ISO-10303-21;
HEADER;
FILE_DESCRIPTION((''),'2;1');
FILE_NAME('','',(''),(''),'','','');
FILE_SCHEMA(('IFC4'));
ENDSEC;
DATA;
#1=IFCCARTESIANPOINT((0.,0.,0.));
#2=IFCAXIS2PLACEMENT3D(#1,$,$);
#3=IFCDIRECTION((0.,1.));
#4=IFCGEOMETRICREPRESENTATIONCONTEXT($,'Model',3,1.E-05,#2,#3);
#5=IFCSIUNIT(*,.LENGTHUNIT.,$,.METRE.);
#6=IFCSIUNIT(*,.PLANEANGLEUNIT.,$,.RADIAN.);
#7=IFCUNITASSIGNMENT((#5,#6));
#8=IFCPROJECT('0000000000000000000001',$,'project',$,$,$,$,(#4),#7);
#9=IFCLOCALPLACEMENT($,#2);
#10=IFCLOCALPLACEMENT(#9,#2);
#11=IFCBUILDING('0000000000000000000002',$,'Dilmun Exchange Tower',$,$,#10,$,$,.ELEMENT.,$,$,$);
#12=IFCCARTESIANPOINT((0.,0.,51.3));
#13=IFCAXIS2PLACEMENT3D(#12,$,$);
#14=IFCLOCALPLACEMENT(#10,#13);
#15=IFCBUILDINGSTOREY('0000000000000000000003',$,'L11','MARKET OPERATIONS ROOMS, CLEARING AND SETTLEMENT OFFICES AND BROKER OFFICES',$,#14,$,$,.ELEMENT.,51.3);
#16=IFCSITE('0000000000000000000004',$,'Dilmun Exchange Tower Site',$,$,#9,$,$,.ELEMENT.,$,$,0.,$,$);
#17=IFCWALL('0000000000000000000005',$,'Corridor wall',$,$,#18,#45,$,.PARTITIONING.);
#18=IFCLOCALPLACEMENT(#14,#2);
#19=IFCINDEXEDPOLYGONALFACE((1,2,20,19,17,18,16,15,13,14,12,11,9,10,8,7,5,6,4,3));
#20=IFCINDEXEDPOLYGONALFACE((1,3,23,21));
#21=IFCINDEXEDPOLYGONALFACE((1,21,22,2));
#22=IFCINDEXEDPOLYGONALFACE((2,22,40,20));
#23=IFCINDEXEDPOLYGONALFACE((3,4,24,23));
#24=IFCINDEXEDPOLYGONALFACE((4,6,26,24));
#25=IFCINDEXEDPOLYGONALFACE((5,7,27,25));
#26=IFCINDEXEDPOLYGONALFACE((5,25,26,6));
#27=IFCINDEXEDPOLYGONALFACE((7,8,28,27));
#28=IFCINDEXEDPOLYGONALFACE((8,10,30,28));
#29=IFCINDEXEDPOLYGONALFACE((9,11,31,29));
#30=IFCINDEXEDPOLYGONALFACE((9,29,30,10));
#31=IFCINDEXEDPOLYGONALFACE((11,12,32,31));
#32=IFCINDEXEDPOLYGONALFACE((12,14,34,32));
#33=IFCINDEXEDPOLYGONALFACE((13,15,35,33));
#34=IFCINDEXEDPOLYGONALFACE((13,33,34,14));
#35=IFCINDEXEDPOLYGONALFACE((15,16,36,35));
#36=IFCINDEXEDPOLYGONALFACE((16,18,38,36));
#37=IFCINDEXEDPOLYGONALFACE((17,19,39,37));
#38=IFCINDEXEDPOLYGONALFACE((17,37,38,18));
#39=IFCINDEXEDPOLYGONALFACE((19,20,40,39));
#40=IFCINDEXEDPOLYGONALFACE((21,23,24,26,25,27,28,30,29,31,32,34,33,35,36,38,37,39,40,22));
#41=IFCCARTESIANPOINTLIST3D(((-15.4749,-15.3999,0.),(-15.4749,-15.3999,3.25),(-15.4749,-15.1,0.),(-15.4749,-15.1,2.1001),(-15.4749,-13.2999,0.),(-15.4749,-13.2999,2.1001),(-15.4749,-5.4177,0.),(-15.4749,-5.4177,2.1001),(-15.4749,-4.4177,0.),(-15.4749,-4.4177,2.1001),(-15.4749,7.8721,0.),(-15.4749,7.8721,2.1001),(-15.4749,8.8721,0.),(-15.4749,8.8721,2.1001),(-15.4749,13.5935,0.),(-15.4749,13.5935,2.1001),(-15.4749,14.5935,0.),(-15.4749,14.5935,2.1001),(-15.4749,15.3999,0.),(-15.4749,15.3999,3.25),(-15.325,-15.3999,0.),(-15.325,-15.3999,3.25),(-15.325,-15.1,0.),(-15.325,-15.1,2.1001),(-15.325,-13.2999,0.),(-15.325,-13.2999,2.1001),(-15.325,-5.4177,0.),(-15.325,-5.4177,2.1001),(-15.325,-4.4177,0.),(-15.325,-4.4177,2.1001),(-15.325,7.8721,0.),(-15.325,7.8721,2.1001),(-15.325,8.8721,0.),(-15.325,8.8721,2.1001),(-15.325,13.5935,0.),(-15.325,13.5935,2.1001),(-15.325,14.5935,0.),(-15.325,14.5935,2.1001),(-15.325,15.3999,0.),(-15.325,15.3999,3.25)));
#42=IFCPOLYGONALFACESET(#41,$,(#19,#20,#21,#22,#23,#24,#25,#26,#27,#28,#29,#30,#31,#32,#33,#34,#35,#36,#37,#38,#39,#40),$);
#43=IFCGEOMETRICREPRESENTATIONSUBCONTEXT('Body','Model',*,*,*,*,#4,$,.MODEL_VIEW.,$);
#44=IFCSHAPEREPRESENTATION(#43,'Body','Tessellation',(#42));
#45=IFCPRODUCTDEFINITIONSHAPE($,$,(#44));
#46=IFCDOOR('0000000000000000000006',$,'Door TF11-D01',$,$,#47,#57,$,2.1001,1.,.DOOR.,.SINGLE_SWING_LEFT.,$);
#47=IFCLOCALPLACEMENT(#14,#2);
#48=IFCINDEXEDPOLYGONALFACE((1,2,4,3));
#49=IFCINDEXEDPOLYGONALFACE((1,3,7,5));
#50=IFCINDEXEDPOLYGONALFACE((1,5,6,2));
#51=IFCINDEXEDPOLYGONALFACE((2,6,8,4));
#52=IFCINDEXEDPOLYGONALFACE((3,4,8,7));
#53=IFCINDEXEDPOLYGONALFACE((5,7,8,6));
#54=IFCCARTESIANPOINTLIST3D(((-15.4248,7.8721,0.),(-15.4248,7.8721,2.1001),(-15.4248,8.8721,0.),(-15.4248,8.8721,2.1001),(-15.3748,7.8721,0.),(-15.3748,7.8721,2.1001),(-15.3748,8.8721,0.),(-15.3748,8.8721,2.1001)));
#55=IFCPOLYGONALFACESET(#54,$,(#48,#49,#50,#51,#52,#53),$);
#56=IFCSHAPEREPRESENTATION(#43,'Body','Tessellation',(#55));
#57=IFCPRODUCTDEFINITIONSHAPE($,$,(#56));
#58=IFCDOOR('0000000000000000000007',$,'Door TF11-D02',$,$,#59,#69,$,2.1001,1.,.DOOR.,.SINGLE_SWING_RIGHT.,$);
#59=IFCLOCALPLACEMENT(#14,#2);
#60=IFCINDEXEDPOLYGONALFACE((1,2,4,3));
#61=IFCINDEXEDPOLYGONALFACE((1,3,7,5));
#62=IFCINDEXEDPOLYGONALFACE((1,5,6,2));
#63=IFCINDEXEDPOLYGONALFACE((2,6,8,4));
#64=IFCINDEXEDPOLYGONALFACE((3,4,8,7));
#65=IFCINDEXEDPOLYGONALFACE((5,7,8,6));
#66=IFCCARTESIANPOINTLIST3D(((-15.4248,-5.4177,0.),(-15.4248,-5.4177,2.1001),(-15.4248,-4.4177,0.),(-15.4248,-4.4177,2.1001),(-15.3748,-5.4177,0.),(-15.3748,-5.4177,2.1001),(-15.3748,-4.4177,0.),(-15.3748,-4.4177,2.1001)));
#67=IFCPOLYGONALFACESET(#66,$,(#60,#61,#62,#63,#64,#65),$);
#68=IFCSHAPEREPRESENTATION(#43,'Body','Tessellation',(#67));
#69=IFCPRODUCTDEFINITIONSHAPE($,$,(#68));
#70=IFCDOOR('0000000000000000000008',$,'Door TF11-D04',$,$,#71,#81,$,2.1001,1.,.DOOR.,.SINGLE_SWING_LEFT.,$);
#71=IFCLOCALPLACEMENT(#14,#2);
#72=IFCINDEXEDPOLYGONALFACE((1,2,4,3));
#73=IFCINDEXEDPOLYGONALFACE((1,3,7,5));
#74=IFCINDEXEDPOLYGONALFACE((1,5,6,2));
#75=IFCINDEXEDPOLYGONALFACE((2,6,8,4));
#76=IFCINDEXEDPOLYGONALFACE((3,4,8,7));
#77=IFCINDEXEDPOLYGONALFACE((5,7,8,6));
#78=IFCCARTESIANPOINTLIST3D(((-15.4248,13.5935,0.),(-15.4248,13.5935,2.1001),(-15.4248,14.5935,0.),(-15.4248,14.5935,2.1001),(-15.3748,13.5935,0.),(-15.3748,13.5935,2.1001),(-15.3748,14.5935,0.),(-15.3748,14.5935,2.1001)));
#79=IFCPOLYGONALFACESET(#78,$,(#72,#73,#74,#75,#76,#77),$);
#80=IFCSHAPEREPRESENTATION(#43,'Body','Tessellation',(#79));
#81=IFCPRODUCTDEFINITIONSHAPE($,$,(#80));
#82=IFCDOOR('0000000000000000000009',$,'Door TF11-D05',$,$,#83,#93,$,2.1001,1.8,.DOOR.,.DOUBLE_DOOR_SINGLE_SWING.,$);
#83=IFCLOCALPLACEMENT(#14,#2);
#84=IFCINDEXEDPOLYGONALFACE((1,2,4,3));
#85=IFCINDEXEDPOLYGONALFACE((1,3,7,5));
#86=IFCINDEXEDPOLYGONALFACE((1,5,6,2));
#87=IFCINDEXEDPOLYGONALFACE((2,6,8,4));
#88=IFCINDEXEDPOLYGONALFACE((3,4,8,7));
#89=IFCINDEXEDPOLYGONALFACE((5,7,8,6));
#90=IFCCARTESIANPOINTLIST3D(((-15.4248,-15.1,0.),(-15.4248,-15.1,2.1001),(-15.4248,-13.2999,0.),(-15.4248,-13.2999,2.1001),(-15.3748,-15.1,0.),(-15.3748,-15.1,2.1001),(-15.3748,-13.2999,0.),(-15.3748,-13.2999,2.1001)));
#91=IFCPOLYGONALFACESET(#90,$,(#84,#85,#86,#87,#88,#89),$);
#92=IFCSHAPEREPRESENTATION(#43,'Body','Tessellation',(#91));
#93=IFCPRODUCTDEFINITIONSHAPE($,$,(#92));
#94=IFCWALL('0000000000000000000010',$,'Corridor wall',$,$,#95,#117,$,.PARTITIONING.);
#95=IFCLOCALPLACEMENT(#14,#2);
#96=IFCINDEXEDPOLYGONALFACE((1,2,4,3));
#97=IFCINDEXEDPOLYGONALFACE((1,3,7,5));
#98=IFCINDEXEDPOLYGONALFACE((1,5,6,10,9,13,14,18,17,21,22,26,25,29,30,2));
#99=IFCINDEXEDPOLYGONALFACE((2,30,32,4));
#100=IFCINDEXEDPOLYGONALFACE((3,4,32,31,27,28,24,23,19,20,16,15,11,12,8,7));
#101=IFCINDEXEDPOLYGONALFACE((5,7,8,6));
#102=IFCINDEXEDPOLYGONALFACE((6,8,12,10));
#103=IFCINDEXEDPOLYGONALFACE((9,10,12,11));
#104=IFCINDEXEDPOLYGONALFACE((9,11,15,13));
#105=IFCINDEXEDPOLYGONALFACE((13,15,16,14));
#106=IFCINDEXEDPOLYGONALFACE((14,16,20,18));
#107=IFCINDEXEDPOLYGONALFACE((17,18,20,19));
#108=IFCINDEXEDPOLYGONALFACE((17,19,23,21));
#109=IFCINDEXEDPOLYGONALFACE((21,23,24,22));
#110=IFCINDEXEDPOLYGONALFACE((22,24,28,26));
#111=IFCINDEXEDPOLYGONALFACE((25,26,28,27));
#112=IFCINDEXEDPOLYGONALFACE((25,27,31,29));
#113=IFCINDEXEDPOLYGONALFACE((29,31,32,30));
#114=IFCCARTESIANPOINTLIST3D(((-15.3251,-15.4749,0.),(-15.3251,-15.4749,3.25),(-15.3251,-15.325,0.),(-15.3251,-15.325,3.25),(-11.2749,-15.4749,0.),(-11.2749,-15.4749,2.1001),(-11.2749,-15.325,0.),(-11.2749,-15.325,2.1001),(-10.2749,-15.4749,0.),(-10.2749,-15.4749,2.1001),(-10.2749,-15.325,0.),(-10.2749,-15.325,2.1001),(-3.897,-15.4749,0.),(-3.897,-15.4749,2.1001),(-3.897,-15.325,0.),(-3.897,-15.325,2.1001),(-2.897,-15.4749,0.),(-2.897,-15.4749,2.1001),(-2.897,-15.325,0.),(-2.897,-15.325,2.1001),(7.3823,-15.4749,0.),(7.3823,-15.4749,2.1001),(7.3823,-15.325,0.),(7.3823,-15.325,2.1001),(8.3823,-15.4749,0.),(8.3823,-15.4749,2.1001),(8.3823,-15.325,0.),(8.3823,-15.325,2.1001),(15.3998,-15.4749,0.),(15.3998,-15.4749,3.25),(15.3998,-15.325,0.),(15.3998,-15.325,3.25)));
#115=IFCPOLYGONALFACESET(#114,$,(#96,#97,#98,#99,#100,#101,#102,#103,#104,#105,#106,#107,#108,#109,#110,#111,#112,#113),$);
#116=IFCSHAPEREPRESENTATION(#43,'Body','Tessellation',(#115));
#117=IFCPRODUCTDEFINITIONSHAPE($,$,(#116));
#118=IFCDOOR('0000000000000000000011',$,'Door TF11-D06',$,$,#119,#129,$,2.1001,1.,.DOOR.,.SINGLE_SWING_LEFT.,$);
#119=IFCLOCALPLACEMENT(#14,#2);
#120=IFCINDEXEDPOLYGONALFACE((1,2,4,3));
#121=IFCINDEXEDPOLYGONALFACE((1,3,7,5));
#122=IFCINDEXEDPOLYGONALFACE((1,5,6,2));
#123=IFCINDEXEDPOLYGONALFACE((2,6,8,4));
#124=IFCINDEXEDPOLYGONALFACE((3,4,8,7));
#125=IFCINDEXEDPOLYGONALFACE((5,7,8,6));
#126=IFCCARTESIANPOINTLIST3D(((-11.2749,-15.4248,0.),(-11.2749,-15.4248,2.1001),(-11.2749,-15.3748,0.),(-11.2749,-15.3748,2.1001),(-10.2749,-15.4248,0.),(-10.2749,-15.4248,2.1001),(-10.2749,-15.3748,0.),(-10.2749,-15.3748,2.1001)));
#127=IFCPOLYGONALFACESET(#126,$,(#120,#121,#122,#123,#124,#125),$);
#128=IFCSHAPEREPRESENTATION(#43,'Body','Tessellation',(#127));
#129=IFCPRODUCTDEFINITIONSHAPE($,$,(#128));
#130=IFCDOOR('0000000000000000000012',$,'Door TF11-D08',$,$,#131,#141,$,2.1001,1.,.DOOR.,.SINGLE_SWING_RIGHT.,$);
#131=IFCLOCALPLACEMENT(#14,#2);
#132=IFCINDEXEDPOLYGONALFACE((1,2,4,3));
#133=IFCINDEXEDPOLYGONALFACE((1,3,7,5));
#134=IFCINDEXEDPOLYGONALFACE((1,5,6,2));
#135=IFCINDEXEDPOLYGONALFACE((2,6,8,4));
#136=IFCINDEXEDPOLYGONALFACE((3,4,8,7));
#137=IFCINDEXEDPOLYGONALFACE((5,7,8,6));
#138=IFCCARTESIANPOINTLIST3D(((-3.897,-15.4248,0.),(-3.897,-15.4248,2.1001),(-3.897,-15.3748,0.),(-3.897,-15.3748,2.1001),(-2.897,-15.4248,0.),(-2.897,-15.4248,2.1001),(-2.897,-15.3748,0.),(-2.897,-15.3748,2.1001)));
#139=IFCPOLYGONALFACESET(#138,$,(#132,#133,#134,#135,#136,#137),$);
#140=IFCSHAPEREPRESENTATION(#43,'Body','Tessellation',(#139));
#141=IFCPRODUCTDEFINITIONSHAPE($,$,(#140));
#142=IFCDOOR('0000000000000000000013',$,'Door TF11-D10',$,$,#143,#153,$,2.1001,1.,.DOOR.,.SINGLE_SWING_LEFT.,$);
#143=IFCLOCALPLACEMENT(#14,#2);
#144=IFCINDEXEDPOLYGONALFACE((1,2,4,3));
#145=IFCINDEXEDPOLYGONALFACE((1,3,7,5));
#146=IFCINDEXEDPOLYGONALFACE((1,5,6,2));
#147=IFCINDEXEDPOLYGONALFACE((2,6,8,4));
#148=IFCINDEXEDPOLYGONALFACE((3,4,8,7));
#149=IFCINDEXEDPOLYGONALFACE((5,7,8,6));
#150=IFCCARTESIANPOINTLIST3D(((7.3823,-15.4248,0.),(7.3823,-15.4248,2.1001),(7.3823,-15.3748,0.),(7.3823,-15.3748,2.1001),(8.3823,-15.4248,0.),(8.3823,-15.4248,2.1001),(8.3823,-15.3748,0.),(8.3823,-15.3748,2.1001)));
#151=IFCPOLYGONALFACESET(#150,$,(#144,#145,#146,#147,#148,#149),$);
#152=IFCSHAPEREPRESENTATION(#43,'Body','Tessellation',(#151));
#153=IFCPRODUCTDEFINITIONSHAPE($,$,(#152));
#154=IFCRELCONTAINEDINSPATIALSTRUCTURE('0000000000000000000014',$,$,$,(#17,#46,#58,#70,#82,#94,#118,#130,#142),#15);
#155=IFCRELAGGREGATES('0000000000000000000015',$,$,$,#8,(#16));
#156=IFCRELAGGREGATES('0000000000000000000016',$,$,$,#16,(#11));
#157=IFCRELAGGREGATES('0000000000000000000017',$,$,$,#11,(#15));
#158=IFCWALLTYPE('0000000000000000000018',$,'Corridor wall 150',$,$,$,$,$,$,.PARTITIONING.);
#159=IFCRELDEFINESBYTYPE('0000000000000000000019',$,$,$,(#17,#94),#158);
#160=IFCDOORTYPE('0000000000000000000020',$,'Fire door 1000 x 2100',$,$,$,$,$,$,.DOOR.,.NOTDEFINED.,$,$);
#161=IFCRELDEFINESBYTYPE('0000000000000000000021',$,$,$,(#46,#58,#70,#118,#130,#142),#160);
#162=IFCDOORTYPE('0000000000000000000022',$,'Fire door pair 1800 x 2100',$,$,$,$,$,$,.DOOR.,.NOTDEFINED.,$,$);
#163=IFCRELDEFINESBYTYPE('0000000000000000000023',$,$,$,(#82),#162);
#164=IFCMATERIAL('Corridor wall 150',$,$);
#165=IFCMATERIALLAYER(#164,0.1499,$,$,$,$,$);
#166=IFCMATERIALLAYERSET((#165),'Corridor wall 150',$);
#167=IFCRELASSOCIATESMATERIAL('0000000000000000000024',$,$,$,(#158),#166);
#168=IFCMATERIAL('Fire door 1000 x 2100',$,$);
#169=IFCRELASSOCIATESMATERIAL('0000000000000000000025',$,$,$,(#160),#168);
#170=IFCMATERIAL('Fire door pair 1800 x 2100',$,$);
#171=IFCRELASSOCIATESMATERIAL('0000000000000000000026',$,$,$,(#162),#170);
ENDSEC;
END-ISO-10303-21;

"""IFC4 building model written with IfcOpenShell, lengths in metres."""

from ifc_helpers import new_model, si_unit, direction, frame, frame_2d, origin, place, context, subcontext, project, spatial, rectangle, extrude, material, layer, layer_set, type_object, element, fill, save


model = new_model("IFC4")

# Units and contexts
model_context = context("Model", 3, precision=1e-05, world=origin(), true_north=direction((0.0, 1.0)))
body_context = subcontext(model_context, "Body", "Model", "MODEL_VIEW")
ifc_project = project(units=[si_unit("LENGTHUNIT", "METRE"), si_unit("PLANEANGLEUNIT", "RADIAN")], contexts=[model_context])

# Site, building, storey
site_placement = place(None, origin())
site = spatial("IfcSite", under=ifc_project, at=site_placement, Name="Dilmun Exchange Tower Site", CompositionType="ELEMENT", RefElevation=0.0)
building_placement = place(site_placement, origin())
building = spatial("IfcBuilding", under=site, at=building_placement, Name="Dilmun Exchange Tower", CompositionType="ELEMENT")
storey_placement = place(building_placement, frame((0.0, 0.0, 51.3)))
storey = spatial("IfcBuildingStorey", under=building, at=storey_placement, Name="L11", Description="MARKET OPERATIONS ROOMS, CLEARING AND SETTLEMENT OFFICES AND BROKER OFFICES", CompositionType="ELEMENT", Elevation=51.3)

# Walls, openings, doors
ifc_material_1 = material(Name="Corridor wall 150")
ifc_layer_1 = layer(ifc_material_1, 0.1499)
ifc_layer_set_1 = layer_set([ifc_layer_1], Name="Corridor wall 150")
wall_type_1 = type_object("IfcWallType", Name="Corridor wall 150", PredefinedType="PARTITIONING", material=ifc_layer_set_1)
wall_1_placement = place(storey_placement, frame((-15.3999, -15.3999, 0.0), z_axis=(0.0, 0.0, 1.0), x_axis=(0.0, 1.0, 0.0)))
wall_1 = element("IfcWall", 1, at=wall_1_placement, inside=storey, type_object=wall_type_1, Name="Corridor wall", PredefinedType="PARTITIONING", context=body_context, shape_type="SweptSolid", body=[
    extrude(rectangle(XDim=30.7998, YDim=0.1499, at=frame_2d((15.3999, 0.0))), origin(), (0.0, 0.0, 1.0), 3.25),
])
opening_1_placement = place(wall_1_placement, frame((23.272, 0.0, 0.0)))
opening_1 = element("IfcOpeningElement", 2, at=opening_1_placement, cuts=wall_1, PredefinedType="OPENING", context=body_context, shape_type="SweptSolid", body=[
    extrude(rectangle(XDim=1.0, YDim=2.1001, at=frame_2d((0.5, 1.05))), frame((0.0, 0.085, 0.0), z_axis=(0.0, -1.0, 0.0), x_axis=(1.0, 0.0, 0.0)), (0.0, 0.0, 1.0), 0.1699),
])
opening_2_placement = place(wall_1_placement, frame((9.9822, 0.0, 0.0)))
opening_2 = element("IfcOpeningElement", 3, at=opening_2_placement, cuts=wall_1, PredefinedType="OPENING", context=body_context, shape_type="SweptSolid", body=[
    extrude(rectangle(XDim=1.0, YDim=2.1001, at=frame_2d((0.5, 1.05))), frame((0.0, 0.085, 0.0), z_axis=(0.0, -1.0, 0.0), x_axis=(1.0, 0.0, 0.0)), (0.0, 0.0, 1.0), 0.1699),
])
opening_3_placement = place(wall_1_placement, frame((28.9934, 0.0, 0.0)))
opening_3 = element("IfcOpeningElement", 4, at=opening_3_placement, cuts=wall_1, PredefinedType="OPENING", context=body_context, shape_type="SweptSolid", body=[
    extrude(rectangle(XDim=1.0, YDim=2.1001, at=frame_2d((0.5, 1.05))), frame((0.0, 0.085, 0.0), z_axis=(0.0, -1.0, 0.0), x_axis=(1.0, 0.0, 0.0)), (0.0, 0.0, 1.0), 0.1699),
])
opening_4_placement = place(wall_1_placement, frame((0.3, 0.0, 0.0)))
opening_4 = element("IfcOpeningElement", 5, at=opening_4_placement, cuts=wall_1, PredefinedType="OPENING", context=body_context, shape_type="SweptSolid", body=[
    extrude(rectangle(XDim=1.8, YDim=2.1001, at=frame_2d((0.8999, 1.05))), frame((0.0, 0.085, 0.0), z_axis=(0.0, -1.0, 0.0), x_axis=(1.0, 0.0, 0.0)), (0.0, 0.0, 1.0), 0.1699),
])
ifc_material_2 = material(Name="Fire door 1000 x 2100")
door_type_1 = type_object("IfcDoorType", Name="Fire door 1000 x 2100", OperationType="NOTDEFINED", PredefinedType="DOOR", material=ifc_material_2)
door_1_placement = place(opening_1_placement, origin())
door_1 = element("IfcDoor", 6, at=door_1_placement, inside=storey, type_object=door_type_1, Name="Door TF11-D01", OperationType="SINGLE_SWING_LEFT", OverallHeight=2.1001, OverallWidth=1.0, PredefinedType="DOOR", context=body_context, shape_type="SweptSolid", body=[
    extrude(rectangle(XDim=1.0, YDim=2.1001, at=frame_2d((0.5, 1.05))), frame((0.0, 0.0249, 0.0), z_axis=(0.0, -1.0, 0.0), x_axis=(1.0, 0.0, 0.0)), (0.0, 0.0, 1.0), 0.05),
])
fill(opening_1, door_1)
door_2_placement = place(opening_2_placement, origin())
door_2 = element("IfcDoor", 7, at=door_2_placement, inside=storey, type_object=door_type_1, Name="Door TF11-D02", OperationType="SINGLE_SWING_RIGHT", OverallHeight=2.1001, OverallWidth=1.0, PredefinedType="DOOR", context=body_context, shape_type="SweptSolid", body=[
    extrude(rectangle(XDim=1.0, YDim=2.1001, at=frame_2d((0.5, 1.05))), frame((0.0, 0.0249, 0.0), z_axis=(0.0, -1.0, 0.0), x_axis=(1.0, 0.0, 0.0)), (0.0, 0.0, 1.0), 0.05),
])
fill(opening_2, door_2)
door_3_placement = place(opening_3_placement, origin())
door_3 = element("IfcDoor", 8, at=door_3_placement, inside=storey, type_object=door_type_1, Name="Door TF11-D04", OperationType="SINGLE_SWING_LEFT", OverallHeight=2.1001, OverallWidth=1.0, PredefinedType="DOOR", context=body_context, shape_type="SweptSolid", body=[
    extrude(rectangle(XDim=1.0, YDim=2.1001, at=frame_2d((0.5, 1.05))), frame((0.0, 0.0249, 0.0), z_axis=(0.0, -1.0, 0.0), x_axis=(1.0, 0.0, 0.0)), (0.0, 0.0, 1.0), 0.05),
])
fill(opening_3, door_3)
ifc_material_3 = material(Name="Fire door pair 1800 x 2100")
door_type_2 = type_object("IfcDoorType", Name="Fire door pair 1800 x 2100", OperationType="NOTDEFINED", PredefinedType="DOOR", material=ifc_material_3)
door_4_placement = place(opening_4_placement, origin())
door_4 = element("IfcDoor", 9, at=door_4_placement, inside=storey, type_object=door_type_2, Name="Door TF11-D05", OperationType="DOUBLE_DOOR_SINGLE_SWING", OverallHeight=2.1001, OverallWidth=1.8, PredefinedType="DOOR", context=body_context, shape_type="SweptSolid", body=[
    extrude(rectangle(XDim=1.8, YDim=2.1001, at=frame_2d((0.8999, 1.05))), frame((0.0, 0.0249, 0.0), z_axis=(0.0, -1.0, 0.0), x_axis=(1.0, 0.0, 0.0)), (0.0, 0.0, 1.0), 0.05),
])
fill(opening_4, door_4)
wall_2_placement = place(storey_placement, frame((-15.325, -15.3999, 0.0), z_axis=(0.0, 0.0, 1.0), x_axis=(1.0, 0.0, 0.0)))
wall_2 = element("IfcWall", 10, at=wall_2_placement, inside=storey, type_object=wall_type_1, Name="Corridor wall", PredefinedType="PARTITIONING", context=body_context, shape_type="SweptSolid", body=[
    extrude(rectangle(XDim=30.7249, YDim=0.1499, at=frame_2d((15.3623, 0.0))), origin(), (0.0, 0.0, 1.0), 3.25),
])
opening_5_placement = place(wall_2_placement, frame((4.05, 0.0, 0.0)))
opening_5 = element("IfcOpeningElement", 11, at=opening_5_placement, cuts=wall_2, PredefinedType="OPENING", context=body_context, shape_type="SweptSolid", body=[
    extrude(rectangle(XDim=1.0, YDim=2.1001, at=frame_2d((0.5, 1.05))), frame((0.0, 0.085, 0.0), z_axis=(0.0, -1.0, 0.0), x_axis=(1.0, 0.0, 0.0)), (0.0, 0.0, 1.0), 0.1699),
])
opening_6_placement = place(wall_2_placement, frame((11.428, 0.0, 0.0)))
opening_6 = element("IfcOpeningElement", 12, at=opening_6_placement, cuts=wall_2, PredefinedType="OPENING", context=body_context, shape_type="SweptSolid", body=[
    extrude(rectangle(XDim=1.0, YDim=2.1001, at=frame_2d((0.5, 1.05))), frame((0.0, 0.085, 0.0), z_axis=(0.0, -1.0, 0.0), x_axis=(1.0, 0.0, 0.0)), (0.0, 0.0, 1.0), 0.1699),
])
opening_7_placement = place(wall_2_placement, frame((22.7073, 0.0, 0.0)))
opening_7 = element("IfcOpeningElement", 13, at=opening_7_placement, cuts=wall_2, PredefinedType="OPENING", context=body_context, shape_type="SweptSolid", body=[
    extrude(rectangle(XDim=1.0, YDim=2.1001, at=frame_2d((0.5, 1.05))), frame((0.0, 0.085, 0.0), z_axis=(0.0, -1.0, 0.0), x_axis=(1.0, 0.0, 0.0)), (0.0, 0.0, 1.0), 0.1699),
])
door_5_placement = place(opening_5_placement, frame((1.0, 0.0, 0.0), z_axis=(0.0, 0.0, 1.0), x_axis=(-1.0, 0.0, 0.0)))
door_5 = element("IfcDoor", 14, at=door_5_placement, inside=storey, type_object=door_type_1, Name="Door TF11-D06", OperationType="SINGLE_SWING_LEFT", OverallHeight=2.1001, OverallWidth=1.0, PredefinedType="DOOR", context=body_context, shape_type="SweptSolid", body=[
    extrude(rectangle(XDim=1.0, YDim=2.1001, at=frame_2d((0.5, 1.05))), frame((0.0, 0.0249, 0.0), z_axis=(0.0, -1.0, 0.0), x_axis=(1.0, 0.0, 0.0)), (0.0, 0.0, 1.0), 0.05),
])
fill(opening_5, door_5)
door_6_placement = place(opening_6_placement, frame((1.0, 0.0, 0.0), z_axis=(0.0, 0.0, 1.0), x_axis=(-1.0, 0.0, 0.0)))
door_6 = element("IfcDoor", 15, at=door_6_placement, inside=storey, type_object=door_type_1, Name="Door TF11-D08", OperationType="SINGLE_SWING_RIGHT", OverallHeight=2.1001, OverallWidth=1.0, PredefinedType="DOOR", context=body_context, shape_type="SweptSolid", body=[
    extrude(rectangle(XDim=1.0, YDim=2.1001, at=frame_2d((0.5, 1.05))), frame((0.0, 0.0249, 0.0), z_axis=(0.0, -1.0, 0.0), x_axis=(1.0, 0.0, 0.0)), (0.0, 0.0, 1.0), 0.05),
])
fill(opening_6, door_6)
door_7_placement = place(opening_7_placement, frame((1.0, 0.0, 0.0), z_axis=(0.0, 0.0, 1.0), x_axis=(-1.0, 0.0, 0.0)))
door_7 = element("IfcDoor", 16, at=door_7_placement, inside=storey, type_object=door_type_1, Name="Door TF11-D10", OperationType="SINGLE_SWING_LEFT", OverallHeight=2.1001, OverallWidth=1.0, PredefinedType="DOOR", context=body_context, shape_type="SweptSolid", body=[
    extrude(rectangle(XDim=1.0, YDim=2.1001, at=frame_2d((0.5, 1.05))), frame((0.0, 0.0249, 0.0), z_axis=(0.0, -1.0, 0.0), x_axis=(1.0, 0.0, 0.0)), (0.0, 0.0, 1.0), 0.05),
])
fill(opening_7, door_7)

save(model, "model.ifc")
